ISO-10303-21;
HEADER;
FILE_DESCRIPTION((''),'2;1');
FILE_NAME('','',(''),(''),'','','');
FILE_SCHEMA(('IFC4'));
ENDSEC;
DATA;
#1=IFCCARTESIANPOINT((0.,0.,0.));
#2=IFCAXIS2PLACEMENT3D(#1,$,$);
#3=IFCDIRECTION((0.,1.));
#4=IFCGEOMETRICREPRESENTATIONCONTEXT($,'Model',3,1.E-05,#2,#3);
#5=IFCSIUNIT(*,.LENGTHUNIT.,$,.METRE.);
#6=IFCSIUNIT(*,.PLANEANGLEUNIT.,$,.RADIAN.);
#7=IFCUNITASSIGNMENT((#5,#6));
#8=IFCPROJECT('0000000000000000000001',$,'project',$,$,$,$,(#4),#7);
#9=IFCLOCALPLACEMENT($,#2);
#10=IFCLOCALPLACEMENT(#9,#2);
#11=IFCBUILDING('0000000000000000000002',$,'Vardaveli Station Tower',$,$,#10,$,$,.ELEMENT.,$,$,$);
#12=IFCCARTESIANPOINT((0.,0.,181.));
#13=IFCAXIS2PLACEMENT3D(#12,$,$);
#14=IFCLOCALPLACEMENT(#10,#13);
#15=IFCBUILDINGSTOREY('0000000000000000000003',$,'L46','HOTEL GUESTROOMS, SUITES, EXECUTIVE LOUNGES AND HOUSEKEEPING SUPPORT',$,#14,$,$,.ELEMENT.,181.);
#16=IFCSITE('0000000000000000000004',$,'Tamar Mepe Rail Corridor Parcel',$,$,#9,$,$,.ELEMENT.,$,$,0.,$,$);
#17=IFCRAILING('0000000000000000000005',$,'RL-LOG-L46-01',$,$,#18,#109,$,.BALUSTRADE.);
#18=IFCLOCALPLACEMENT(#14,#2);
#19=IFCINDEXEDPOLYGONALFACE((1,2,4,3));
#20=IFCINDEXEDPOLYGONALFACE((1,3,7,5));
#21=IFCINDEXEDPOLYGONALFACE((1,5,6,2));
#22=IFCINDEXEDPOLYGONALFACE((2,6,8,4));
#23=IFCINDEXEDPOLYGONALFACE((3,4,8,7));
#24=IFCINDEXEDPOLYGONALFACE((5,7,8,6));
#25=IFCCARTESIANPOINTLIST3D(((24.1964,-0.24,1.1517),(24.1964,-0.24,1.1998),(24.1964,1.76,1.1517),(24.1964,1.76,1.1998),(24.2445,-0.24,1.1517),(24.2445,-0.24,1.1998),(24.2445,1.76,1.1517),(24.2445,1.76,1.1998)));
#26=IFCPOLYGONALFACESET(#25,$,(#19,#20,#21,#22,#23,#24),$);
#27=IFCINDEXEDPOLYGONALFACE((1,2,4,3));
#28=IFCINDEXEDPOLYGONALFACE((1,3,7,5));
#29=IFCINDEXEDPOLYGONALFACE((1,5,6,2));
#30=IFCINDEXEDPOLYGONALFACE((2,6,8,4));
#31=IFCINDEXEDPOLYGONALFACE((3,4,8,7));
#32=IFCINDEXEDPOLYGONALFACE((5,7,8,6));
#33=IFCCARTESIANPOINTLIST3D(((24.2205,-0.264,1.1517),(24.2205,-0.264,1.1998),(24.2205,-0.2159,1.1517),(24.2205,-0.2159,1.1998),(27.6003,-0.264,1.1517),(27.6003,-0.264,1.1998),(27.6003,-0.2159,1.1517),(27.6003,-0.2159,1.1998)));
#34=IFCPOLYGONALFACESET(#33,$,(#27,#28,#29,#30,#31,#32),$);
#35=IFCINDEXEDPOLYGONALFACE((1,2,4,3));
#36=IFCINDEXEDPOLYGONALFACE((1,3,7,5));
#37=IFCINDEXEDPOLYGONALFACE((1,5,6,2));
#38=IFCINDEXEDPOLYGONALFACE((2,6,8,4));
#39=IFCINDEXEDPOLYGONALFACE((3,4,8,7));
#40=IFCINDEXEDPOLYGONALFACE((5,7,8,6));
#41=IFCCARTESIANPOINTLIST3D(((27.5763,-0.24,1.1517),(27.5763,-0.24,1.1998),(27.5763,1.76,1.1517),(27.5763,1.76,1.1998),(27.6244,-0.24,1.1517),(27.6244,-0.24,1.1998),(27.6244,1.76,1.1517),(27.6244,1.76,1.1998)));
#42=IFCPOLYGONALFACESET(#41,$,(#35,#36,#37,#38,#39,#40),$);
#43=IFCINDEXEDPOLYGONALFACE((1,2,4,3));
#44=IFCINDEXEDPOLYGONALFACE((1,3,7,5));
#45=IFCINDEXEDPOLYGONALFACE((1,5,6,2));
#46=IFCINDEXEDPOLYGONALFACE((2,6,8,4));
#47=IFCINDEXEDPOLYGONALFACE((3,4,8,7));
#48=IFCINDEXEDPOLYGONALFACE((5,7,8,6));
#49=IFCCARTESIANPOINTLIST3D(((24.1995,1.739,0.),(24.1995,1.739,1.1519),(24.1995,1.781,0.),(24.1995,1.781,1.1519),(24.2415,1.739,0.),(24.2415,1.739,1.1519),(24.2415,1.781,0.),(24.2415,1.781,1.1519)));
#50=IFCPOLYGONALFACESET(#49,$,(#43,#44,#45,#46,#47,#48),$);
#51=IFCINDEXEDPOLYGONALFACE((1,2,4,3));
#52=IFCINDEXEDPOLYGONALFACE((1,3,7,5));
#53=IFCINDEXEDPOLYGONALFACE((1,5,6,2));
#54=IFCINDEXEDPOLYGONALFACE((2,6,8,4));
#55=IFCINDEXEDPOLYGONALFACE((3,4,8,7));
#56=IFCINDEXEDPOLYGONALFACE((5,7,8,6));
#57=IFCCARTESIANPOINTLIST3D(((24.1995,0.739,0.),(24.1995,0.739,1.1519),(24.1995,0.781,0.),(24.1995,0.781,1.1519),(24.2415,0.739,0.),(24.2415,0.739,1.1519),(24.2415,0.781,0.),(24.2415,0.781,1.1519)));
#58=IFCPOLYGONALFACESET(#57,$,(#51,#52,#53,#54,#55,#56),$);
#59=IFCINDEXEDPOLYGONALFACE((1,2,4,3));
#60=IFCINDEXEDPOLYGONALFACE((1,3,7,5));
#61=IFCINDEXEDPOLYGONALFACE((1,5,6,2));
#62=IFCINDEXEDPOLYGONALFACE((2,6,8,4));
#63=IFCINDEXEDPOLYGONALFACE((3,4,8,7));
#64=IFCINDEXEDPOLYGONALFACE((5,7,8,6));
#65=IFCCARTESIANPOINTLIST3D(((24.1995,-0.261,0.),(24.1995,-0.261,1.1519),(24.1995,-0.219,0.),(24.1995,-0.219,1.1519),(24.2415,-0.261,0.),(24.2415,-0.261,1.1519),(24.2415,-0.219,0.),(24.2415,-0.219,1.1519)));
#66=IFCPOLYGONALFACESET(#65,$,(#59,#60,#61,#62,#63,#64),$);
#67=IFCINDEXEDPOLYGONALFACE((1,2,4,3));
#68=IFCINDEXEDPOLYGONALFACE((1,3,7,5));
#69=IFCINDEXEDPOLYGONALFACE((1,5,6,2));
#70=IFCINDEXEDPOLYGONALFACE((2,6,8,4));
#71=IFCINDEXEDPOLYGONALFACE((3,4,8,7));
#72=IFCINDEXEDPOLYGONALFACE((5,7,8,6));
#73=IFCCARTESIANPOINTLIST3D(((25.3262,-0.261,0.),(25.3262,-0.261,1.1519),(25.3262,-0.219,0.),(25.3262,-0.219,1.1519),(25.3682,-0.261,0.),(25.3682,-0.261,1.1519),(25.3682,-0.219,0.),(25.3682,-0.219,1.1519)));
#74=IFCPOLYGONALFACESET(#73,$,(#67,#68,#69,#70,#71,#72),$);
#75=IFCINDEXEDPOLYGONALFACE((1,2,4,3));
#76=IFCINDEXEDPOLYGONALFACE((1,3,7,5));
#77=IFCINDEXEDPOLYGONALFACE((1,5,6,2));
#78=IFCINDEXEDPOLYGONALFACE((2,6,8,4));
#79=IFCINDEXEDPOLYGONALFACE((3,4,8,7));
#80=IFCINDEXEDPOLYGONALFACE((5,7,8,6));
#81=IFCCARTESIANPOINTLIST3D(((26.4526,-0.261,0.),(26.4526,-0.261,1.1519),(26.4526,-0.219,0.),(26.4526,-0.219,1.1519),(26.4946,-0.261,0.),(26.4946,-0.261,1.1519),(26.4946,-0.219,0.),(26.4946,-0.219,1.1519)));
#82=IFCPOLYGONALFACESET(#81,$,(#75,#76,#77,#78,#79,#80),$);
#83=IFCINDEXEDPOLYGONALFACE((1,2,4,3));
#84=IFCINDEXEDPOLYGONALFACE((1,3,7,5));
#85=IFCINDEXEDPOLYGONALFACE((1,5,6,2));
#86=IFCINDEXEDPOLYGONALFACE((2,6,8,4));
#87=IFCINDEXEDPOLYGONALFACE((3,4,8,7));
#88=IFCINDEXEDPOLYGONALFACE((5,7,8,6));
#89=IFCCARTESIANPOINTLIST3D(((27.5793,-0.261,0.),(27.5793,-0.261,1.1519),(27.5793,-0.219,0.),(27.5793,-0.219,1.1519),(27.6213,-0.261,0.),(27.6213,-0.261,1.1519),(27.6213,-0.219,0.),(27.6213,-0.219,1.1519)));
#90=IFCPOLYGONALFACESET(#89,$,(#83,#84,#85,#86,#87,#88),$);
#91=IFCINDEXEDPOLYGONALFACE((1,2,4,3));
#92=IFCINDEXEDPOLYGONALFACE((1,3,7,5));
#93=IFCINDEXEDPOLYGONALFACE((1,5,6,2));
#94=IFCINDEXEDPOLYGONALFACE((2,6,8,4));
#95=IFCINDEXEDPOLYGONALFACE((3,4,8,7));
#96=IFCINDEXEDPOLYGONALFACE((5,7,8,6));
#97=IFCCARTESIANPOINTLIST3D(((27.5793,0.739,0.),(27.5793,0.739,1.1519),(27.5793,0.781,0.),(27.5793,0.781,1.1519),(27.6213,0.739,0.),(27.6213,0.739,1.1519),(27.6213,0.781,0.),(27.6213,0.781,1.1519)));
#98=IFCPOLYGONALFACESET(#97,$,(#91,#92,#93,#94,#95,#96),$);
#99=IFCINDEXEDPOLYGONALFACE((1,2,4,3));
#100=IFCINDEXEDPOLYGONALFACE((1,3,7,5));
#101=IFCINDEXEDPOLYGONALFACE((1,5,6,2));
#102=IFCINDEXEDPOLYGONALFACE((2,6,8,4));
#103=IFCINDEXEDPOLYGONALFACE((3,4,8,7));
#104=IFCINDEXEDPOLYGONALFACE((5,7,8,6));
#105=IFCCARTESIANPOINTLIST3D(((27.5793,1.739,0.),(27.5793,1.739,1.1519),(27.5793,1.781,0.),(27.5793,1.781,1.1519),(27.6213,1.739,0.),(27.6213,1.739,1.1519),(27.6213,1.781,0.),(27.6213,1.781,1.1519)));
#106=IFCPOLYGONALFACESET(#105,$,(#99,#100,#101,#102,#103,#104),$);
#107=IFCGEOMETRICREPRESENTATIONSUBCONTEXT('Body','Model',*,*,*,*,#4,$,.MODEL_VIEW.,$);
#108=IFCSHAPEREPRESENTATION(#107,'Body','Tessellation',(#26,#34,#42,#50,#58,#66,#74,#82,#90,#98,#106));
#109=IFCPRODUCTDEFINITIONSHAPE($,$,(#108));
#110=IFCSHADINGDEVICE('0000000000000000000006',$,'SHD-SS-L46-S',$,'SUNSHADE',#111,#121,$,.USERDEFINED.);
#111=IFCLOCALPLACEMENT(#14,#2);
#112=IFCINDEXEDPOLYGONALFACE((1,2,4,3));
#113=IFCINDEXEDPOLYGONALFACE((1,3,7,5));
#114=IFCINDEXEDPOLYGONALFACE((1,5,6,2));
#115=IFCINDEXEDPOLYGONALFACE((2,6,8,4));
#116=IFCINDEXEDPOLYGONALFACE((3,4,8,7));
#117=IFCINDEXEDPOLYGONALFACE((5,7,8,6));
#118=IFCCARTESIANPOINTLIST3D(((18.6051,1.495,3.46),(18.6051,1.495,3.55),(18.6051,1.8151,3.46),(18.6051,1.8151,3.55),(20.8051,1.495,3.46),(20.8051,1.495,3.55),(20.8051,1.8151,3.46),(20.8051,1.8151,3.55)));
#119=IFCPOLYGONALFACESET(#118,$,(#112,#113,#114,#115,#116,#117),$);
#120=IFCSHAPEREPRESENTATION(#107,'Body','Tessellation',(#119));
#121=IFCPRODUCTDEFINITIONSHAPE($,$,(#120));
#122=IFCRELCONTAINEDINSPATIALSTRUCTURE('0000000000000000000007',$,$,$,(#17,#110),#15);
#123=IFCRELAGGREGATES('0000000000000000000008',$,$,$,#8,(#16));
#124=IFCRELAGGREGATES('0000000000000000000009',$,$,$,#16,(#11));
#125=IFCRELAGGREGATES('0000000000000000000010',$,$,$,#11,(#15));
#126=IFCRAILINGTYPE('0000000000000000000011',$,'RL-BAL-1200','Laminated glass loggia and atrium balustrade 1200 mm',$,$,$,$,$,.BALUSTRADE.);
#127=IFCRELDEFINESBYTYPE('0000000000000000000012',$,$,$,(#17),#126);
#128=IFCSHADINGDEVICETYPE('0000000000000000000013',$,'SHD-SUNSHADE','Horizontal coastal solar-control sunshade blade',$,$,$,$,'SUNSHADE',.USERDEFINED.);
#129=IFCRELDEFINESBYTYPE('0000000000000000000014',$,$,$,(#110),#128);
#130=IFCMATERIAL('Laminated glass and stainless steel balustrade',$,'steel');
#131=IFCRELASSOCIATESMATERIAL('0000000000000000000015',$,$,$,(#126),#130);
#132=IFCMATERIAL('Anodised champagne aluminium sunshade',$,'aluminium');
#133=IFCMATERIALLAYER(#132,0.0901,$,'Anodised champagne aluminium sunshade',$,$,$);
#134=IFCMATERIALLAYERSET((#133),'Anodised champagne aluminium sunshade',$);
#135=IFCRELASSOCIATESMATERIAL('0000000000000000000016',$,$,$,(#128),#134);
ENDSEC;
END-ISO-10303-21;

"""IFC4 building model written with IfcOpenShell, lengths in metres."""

from ifc_helpers import new_model, si_unit, direction, frame, origin, origin_2d, place, context, subcontext, project, spatial, rectangle, extrude, source, transform, mapped, material, layer, layer_set, type_object, element, save


model = new_model("IFC4")

# Units and contexts
model_context = context("Model", 3, precision=1e-05, world=origin(), true_north=direction((0.0, 1.0)))
body_context = subcontext(model_context, "Body", "Model", "MODEL_VIEW")
ifc_project = project(units=[si_unit("LENGTHUNIT", "METRE"), si_unit("PLANEANGLEUNIT", "RADIAN")], contexts=[model_context])

# Site, building, storey
site_placement = place(None, origin())
site = spatial("IfcSite", under=ifc_project, at=site_placement, Name="Tamar Mepe Rail Corridor Parcel", CompositionType="ELEMENT", RefElevation=0.0)
building_placement = place(site_placement, origin())
building = spatial("IfcBuilding", under=site, at=building_placement, Name="Vardaveli Station Tower", CompositionType="ELEMENT")
storey_placement = place(building_placement, frame((0.0, 0.0, 181.0)))
storey = spatial("IfcBuildingStorey", under=building, at=storey_placement, Name="L46", Description="HOTEL GUESTROOMS, SUITES, EXECUTIVE LOUNGES AND HOUSEKEEPING SUPPORT", CompositionType="ELEMENT", Elevation=181.0)

# Railing
ifc_material_1 = material(Name="Laminated glass and stainless steel balustrade", Category="steel")
railing_type = type_object("IfcRailingType", Name="RL-BAL-1200", Description="Laminated glass loggia and atrium balustrade 1200 mm", PredefinedType="BALUSTRADE", material=ifc_material_1)
shared_shape_1 = source(origin(), body_context, "Body", "SweptSolid", [
    extrude(rectangle(XDim=0.0481, YDim=0.0481, at=origin_2d()), frame((0.0, 0.0, 1.1758), z_axis=(0.0, -1.0, 0.0), x_axis=(1.0, 0.0, 0.0)), (0.0, 0.0, 1.0), 2.0),
    extrude(rectangle(XDim=0.0481, YDim=0.0481, at=origin_2d()), frame((0.0, -2.0, 1.1758), z_axis=(1.0, 0.0, 0.0), x_axis=(0.0, 1.0, 0.0)), (0.0, 0.0, 1.0), 3.3799),
    extrude(rectangle(XDim=0.0481, YDim=0.0481, at=origin_2d()), frame((3.3799, -2.0, 1.1758), z_axis=(0.0, 1.0, 0.0), x_axis=(-1.0, 0.0, 0.0)), (0.0, 0.0, 1.0), 2.0),
    extrude(rectangle(XDim=0.042, YDim=0.042, at=origin_2d()), origin(), (0.0, 0.0, 1.0), 1.1519),
    extrude(rectangle(XDim=0.042, YDim=0.042, at=origin_2d()), frame((0.0, -1.0, 0.0)), (0.0, 0.0, 1.0), 1.1519),
    extrude(rectangle(XDim=0.042, YDim=0.042, at=origin_2d()), frame((0.0, -2.0, 0.0)), (0.0, 0.0, 1.0), 1.1519),
    extrude(rectangle(XDim=0.042, YDim=0.042, at=origin_2d()), frame((1.1267, -2.0, 0.0)), (0.0, 0.0, 1.0), 1.1519),
    extrude(rectangle(XDim=0.042, YDim=0.042, at=origin_2d()), frame((2.2532, -2.0, 0.0)), (0.0, 0.0, 1.0), 1.1519),
    extrude(rectangle(XDim=0.042, YDim=0.042, at=origin_2d()), frame((3.3799, -2.0, 0.0)), (0.0, 0.0, 1.0), 1.1519),
    extrude(rectangle(XDim=0.042, YDim=0.042, at=origin_2d()), frame((3.3799, -1.0, 0.0)), (0.0, 0.0, 1.0), 1.1519),
    extrude(rectangle(XDim=0.042, YDim=0.042, at=origin_2d()), frame((3.3799, 0.0, 0.0)), (0.0, 0.0, 1.0), 1.1519),
])
railing_placement = place(storey_placement, frame((24.2205, 1.76, 0.0)))
element("IfcRailing", 1, at=railing_placement, inside=storey, type_object=railing_type, Name="RL-LOG-L46-01", PredefinedType="BALUSTRADE", context=body_context, shape_type="MappedRepresentation", body=[
    mapped(shared_shape_1, transform((0.0, 0.0, 0.0), scale=1.0)),
])

# Shading device
ifc_material_2 = material(Name="Anodised champagne aluminium sunshade", Category="aluminium")
ifc_layer_1 = layer(ifc_material_2, 0.0901, Name="Anodised champagne aluminium sunshade")
ifc_layer_set_1 = layer_set([ifc_layer_1], Name="Anodised champagne aluminium sunshade")
shading_device_type = type_object("IfcShadingDeviceType", Name="SHD-SUNSHADE", Description="Horizontal coastal solar-control sunshade blade", ElementType="SUNSHADE", PredefinedType="USERDEFINED", material=ifc_layer_set_1)
shared_shape_2 = source(origin(), body_context, "Body", "SweptSolid", [
    extrude(rectangle(XDim=2.2, YDim=0.3201, at=origin_2d()), origin(), (0.0, 0.0, 1.0), 0.0901),
])
shading_device_placement = place(storey_placement, frame((19.7051, 1.655, 3.46), z_axis=(0.0, 0.0, 1.0), x_axis=(1.0, 0.0, 0.0)))
element("IfcShadingDevice", 2, at=shading_device_placement, inside=storey, type_object=shading_device_type, Name="SHD-SS-L46-S", ObjectType="SUNSHADE", PredefinedType="USERDEFINED", context=body_context, shape_type="MappedRepresentation", body=[
    mapped(shared_shape_2, transform((0.0, 0.0, 0.0), scale=1.0)),
])

save(model, "model.ifc")
